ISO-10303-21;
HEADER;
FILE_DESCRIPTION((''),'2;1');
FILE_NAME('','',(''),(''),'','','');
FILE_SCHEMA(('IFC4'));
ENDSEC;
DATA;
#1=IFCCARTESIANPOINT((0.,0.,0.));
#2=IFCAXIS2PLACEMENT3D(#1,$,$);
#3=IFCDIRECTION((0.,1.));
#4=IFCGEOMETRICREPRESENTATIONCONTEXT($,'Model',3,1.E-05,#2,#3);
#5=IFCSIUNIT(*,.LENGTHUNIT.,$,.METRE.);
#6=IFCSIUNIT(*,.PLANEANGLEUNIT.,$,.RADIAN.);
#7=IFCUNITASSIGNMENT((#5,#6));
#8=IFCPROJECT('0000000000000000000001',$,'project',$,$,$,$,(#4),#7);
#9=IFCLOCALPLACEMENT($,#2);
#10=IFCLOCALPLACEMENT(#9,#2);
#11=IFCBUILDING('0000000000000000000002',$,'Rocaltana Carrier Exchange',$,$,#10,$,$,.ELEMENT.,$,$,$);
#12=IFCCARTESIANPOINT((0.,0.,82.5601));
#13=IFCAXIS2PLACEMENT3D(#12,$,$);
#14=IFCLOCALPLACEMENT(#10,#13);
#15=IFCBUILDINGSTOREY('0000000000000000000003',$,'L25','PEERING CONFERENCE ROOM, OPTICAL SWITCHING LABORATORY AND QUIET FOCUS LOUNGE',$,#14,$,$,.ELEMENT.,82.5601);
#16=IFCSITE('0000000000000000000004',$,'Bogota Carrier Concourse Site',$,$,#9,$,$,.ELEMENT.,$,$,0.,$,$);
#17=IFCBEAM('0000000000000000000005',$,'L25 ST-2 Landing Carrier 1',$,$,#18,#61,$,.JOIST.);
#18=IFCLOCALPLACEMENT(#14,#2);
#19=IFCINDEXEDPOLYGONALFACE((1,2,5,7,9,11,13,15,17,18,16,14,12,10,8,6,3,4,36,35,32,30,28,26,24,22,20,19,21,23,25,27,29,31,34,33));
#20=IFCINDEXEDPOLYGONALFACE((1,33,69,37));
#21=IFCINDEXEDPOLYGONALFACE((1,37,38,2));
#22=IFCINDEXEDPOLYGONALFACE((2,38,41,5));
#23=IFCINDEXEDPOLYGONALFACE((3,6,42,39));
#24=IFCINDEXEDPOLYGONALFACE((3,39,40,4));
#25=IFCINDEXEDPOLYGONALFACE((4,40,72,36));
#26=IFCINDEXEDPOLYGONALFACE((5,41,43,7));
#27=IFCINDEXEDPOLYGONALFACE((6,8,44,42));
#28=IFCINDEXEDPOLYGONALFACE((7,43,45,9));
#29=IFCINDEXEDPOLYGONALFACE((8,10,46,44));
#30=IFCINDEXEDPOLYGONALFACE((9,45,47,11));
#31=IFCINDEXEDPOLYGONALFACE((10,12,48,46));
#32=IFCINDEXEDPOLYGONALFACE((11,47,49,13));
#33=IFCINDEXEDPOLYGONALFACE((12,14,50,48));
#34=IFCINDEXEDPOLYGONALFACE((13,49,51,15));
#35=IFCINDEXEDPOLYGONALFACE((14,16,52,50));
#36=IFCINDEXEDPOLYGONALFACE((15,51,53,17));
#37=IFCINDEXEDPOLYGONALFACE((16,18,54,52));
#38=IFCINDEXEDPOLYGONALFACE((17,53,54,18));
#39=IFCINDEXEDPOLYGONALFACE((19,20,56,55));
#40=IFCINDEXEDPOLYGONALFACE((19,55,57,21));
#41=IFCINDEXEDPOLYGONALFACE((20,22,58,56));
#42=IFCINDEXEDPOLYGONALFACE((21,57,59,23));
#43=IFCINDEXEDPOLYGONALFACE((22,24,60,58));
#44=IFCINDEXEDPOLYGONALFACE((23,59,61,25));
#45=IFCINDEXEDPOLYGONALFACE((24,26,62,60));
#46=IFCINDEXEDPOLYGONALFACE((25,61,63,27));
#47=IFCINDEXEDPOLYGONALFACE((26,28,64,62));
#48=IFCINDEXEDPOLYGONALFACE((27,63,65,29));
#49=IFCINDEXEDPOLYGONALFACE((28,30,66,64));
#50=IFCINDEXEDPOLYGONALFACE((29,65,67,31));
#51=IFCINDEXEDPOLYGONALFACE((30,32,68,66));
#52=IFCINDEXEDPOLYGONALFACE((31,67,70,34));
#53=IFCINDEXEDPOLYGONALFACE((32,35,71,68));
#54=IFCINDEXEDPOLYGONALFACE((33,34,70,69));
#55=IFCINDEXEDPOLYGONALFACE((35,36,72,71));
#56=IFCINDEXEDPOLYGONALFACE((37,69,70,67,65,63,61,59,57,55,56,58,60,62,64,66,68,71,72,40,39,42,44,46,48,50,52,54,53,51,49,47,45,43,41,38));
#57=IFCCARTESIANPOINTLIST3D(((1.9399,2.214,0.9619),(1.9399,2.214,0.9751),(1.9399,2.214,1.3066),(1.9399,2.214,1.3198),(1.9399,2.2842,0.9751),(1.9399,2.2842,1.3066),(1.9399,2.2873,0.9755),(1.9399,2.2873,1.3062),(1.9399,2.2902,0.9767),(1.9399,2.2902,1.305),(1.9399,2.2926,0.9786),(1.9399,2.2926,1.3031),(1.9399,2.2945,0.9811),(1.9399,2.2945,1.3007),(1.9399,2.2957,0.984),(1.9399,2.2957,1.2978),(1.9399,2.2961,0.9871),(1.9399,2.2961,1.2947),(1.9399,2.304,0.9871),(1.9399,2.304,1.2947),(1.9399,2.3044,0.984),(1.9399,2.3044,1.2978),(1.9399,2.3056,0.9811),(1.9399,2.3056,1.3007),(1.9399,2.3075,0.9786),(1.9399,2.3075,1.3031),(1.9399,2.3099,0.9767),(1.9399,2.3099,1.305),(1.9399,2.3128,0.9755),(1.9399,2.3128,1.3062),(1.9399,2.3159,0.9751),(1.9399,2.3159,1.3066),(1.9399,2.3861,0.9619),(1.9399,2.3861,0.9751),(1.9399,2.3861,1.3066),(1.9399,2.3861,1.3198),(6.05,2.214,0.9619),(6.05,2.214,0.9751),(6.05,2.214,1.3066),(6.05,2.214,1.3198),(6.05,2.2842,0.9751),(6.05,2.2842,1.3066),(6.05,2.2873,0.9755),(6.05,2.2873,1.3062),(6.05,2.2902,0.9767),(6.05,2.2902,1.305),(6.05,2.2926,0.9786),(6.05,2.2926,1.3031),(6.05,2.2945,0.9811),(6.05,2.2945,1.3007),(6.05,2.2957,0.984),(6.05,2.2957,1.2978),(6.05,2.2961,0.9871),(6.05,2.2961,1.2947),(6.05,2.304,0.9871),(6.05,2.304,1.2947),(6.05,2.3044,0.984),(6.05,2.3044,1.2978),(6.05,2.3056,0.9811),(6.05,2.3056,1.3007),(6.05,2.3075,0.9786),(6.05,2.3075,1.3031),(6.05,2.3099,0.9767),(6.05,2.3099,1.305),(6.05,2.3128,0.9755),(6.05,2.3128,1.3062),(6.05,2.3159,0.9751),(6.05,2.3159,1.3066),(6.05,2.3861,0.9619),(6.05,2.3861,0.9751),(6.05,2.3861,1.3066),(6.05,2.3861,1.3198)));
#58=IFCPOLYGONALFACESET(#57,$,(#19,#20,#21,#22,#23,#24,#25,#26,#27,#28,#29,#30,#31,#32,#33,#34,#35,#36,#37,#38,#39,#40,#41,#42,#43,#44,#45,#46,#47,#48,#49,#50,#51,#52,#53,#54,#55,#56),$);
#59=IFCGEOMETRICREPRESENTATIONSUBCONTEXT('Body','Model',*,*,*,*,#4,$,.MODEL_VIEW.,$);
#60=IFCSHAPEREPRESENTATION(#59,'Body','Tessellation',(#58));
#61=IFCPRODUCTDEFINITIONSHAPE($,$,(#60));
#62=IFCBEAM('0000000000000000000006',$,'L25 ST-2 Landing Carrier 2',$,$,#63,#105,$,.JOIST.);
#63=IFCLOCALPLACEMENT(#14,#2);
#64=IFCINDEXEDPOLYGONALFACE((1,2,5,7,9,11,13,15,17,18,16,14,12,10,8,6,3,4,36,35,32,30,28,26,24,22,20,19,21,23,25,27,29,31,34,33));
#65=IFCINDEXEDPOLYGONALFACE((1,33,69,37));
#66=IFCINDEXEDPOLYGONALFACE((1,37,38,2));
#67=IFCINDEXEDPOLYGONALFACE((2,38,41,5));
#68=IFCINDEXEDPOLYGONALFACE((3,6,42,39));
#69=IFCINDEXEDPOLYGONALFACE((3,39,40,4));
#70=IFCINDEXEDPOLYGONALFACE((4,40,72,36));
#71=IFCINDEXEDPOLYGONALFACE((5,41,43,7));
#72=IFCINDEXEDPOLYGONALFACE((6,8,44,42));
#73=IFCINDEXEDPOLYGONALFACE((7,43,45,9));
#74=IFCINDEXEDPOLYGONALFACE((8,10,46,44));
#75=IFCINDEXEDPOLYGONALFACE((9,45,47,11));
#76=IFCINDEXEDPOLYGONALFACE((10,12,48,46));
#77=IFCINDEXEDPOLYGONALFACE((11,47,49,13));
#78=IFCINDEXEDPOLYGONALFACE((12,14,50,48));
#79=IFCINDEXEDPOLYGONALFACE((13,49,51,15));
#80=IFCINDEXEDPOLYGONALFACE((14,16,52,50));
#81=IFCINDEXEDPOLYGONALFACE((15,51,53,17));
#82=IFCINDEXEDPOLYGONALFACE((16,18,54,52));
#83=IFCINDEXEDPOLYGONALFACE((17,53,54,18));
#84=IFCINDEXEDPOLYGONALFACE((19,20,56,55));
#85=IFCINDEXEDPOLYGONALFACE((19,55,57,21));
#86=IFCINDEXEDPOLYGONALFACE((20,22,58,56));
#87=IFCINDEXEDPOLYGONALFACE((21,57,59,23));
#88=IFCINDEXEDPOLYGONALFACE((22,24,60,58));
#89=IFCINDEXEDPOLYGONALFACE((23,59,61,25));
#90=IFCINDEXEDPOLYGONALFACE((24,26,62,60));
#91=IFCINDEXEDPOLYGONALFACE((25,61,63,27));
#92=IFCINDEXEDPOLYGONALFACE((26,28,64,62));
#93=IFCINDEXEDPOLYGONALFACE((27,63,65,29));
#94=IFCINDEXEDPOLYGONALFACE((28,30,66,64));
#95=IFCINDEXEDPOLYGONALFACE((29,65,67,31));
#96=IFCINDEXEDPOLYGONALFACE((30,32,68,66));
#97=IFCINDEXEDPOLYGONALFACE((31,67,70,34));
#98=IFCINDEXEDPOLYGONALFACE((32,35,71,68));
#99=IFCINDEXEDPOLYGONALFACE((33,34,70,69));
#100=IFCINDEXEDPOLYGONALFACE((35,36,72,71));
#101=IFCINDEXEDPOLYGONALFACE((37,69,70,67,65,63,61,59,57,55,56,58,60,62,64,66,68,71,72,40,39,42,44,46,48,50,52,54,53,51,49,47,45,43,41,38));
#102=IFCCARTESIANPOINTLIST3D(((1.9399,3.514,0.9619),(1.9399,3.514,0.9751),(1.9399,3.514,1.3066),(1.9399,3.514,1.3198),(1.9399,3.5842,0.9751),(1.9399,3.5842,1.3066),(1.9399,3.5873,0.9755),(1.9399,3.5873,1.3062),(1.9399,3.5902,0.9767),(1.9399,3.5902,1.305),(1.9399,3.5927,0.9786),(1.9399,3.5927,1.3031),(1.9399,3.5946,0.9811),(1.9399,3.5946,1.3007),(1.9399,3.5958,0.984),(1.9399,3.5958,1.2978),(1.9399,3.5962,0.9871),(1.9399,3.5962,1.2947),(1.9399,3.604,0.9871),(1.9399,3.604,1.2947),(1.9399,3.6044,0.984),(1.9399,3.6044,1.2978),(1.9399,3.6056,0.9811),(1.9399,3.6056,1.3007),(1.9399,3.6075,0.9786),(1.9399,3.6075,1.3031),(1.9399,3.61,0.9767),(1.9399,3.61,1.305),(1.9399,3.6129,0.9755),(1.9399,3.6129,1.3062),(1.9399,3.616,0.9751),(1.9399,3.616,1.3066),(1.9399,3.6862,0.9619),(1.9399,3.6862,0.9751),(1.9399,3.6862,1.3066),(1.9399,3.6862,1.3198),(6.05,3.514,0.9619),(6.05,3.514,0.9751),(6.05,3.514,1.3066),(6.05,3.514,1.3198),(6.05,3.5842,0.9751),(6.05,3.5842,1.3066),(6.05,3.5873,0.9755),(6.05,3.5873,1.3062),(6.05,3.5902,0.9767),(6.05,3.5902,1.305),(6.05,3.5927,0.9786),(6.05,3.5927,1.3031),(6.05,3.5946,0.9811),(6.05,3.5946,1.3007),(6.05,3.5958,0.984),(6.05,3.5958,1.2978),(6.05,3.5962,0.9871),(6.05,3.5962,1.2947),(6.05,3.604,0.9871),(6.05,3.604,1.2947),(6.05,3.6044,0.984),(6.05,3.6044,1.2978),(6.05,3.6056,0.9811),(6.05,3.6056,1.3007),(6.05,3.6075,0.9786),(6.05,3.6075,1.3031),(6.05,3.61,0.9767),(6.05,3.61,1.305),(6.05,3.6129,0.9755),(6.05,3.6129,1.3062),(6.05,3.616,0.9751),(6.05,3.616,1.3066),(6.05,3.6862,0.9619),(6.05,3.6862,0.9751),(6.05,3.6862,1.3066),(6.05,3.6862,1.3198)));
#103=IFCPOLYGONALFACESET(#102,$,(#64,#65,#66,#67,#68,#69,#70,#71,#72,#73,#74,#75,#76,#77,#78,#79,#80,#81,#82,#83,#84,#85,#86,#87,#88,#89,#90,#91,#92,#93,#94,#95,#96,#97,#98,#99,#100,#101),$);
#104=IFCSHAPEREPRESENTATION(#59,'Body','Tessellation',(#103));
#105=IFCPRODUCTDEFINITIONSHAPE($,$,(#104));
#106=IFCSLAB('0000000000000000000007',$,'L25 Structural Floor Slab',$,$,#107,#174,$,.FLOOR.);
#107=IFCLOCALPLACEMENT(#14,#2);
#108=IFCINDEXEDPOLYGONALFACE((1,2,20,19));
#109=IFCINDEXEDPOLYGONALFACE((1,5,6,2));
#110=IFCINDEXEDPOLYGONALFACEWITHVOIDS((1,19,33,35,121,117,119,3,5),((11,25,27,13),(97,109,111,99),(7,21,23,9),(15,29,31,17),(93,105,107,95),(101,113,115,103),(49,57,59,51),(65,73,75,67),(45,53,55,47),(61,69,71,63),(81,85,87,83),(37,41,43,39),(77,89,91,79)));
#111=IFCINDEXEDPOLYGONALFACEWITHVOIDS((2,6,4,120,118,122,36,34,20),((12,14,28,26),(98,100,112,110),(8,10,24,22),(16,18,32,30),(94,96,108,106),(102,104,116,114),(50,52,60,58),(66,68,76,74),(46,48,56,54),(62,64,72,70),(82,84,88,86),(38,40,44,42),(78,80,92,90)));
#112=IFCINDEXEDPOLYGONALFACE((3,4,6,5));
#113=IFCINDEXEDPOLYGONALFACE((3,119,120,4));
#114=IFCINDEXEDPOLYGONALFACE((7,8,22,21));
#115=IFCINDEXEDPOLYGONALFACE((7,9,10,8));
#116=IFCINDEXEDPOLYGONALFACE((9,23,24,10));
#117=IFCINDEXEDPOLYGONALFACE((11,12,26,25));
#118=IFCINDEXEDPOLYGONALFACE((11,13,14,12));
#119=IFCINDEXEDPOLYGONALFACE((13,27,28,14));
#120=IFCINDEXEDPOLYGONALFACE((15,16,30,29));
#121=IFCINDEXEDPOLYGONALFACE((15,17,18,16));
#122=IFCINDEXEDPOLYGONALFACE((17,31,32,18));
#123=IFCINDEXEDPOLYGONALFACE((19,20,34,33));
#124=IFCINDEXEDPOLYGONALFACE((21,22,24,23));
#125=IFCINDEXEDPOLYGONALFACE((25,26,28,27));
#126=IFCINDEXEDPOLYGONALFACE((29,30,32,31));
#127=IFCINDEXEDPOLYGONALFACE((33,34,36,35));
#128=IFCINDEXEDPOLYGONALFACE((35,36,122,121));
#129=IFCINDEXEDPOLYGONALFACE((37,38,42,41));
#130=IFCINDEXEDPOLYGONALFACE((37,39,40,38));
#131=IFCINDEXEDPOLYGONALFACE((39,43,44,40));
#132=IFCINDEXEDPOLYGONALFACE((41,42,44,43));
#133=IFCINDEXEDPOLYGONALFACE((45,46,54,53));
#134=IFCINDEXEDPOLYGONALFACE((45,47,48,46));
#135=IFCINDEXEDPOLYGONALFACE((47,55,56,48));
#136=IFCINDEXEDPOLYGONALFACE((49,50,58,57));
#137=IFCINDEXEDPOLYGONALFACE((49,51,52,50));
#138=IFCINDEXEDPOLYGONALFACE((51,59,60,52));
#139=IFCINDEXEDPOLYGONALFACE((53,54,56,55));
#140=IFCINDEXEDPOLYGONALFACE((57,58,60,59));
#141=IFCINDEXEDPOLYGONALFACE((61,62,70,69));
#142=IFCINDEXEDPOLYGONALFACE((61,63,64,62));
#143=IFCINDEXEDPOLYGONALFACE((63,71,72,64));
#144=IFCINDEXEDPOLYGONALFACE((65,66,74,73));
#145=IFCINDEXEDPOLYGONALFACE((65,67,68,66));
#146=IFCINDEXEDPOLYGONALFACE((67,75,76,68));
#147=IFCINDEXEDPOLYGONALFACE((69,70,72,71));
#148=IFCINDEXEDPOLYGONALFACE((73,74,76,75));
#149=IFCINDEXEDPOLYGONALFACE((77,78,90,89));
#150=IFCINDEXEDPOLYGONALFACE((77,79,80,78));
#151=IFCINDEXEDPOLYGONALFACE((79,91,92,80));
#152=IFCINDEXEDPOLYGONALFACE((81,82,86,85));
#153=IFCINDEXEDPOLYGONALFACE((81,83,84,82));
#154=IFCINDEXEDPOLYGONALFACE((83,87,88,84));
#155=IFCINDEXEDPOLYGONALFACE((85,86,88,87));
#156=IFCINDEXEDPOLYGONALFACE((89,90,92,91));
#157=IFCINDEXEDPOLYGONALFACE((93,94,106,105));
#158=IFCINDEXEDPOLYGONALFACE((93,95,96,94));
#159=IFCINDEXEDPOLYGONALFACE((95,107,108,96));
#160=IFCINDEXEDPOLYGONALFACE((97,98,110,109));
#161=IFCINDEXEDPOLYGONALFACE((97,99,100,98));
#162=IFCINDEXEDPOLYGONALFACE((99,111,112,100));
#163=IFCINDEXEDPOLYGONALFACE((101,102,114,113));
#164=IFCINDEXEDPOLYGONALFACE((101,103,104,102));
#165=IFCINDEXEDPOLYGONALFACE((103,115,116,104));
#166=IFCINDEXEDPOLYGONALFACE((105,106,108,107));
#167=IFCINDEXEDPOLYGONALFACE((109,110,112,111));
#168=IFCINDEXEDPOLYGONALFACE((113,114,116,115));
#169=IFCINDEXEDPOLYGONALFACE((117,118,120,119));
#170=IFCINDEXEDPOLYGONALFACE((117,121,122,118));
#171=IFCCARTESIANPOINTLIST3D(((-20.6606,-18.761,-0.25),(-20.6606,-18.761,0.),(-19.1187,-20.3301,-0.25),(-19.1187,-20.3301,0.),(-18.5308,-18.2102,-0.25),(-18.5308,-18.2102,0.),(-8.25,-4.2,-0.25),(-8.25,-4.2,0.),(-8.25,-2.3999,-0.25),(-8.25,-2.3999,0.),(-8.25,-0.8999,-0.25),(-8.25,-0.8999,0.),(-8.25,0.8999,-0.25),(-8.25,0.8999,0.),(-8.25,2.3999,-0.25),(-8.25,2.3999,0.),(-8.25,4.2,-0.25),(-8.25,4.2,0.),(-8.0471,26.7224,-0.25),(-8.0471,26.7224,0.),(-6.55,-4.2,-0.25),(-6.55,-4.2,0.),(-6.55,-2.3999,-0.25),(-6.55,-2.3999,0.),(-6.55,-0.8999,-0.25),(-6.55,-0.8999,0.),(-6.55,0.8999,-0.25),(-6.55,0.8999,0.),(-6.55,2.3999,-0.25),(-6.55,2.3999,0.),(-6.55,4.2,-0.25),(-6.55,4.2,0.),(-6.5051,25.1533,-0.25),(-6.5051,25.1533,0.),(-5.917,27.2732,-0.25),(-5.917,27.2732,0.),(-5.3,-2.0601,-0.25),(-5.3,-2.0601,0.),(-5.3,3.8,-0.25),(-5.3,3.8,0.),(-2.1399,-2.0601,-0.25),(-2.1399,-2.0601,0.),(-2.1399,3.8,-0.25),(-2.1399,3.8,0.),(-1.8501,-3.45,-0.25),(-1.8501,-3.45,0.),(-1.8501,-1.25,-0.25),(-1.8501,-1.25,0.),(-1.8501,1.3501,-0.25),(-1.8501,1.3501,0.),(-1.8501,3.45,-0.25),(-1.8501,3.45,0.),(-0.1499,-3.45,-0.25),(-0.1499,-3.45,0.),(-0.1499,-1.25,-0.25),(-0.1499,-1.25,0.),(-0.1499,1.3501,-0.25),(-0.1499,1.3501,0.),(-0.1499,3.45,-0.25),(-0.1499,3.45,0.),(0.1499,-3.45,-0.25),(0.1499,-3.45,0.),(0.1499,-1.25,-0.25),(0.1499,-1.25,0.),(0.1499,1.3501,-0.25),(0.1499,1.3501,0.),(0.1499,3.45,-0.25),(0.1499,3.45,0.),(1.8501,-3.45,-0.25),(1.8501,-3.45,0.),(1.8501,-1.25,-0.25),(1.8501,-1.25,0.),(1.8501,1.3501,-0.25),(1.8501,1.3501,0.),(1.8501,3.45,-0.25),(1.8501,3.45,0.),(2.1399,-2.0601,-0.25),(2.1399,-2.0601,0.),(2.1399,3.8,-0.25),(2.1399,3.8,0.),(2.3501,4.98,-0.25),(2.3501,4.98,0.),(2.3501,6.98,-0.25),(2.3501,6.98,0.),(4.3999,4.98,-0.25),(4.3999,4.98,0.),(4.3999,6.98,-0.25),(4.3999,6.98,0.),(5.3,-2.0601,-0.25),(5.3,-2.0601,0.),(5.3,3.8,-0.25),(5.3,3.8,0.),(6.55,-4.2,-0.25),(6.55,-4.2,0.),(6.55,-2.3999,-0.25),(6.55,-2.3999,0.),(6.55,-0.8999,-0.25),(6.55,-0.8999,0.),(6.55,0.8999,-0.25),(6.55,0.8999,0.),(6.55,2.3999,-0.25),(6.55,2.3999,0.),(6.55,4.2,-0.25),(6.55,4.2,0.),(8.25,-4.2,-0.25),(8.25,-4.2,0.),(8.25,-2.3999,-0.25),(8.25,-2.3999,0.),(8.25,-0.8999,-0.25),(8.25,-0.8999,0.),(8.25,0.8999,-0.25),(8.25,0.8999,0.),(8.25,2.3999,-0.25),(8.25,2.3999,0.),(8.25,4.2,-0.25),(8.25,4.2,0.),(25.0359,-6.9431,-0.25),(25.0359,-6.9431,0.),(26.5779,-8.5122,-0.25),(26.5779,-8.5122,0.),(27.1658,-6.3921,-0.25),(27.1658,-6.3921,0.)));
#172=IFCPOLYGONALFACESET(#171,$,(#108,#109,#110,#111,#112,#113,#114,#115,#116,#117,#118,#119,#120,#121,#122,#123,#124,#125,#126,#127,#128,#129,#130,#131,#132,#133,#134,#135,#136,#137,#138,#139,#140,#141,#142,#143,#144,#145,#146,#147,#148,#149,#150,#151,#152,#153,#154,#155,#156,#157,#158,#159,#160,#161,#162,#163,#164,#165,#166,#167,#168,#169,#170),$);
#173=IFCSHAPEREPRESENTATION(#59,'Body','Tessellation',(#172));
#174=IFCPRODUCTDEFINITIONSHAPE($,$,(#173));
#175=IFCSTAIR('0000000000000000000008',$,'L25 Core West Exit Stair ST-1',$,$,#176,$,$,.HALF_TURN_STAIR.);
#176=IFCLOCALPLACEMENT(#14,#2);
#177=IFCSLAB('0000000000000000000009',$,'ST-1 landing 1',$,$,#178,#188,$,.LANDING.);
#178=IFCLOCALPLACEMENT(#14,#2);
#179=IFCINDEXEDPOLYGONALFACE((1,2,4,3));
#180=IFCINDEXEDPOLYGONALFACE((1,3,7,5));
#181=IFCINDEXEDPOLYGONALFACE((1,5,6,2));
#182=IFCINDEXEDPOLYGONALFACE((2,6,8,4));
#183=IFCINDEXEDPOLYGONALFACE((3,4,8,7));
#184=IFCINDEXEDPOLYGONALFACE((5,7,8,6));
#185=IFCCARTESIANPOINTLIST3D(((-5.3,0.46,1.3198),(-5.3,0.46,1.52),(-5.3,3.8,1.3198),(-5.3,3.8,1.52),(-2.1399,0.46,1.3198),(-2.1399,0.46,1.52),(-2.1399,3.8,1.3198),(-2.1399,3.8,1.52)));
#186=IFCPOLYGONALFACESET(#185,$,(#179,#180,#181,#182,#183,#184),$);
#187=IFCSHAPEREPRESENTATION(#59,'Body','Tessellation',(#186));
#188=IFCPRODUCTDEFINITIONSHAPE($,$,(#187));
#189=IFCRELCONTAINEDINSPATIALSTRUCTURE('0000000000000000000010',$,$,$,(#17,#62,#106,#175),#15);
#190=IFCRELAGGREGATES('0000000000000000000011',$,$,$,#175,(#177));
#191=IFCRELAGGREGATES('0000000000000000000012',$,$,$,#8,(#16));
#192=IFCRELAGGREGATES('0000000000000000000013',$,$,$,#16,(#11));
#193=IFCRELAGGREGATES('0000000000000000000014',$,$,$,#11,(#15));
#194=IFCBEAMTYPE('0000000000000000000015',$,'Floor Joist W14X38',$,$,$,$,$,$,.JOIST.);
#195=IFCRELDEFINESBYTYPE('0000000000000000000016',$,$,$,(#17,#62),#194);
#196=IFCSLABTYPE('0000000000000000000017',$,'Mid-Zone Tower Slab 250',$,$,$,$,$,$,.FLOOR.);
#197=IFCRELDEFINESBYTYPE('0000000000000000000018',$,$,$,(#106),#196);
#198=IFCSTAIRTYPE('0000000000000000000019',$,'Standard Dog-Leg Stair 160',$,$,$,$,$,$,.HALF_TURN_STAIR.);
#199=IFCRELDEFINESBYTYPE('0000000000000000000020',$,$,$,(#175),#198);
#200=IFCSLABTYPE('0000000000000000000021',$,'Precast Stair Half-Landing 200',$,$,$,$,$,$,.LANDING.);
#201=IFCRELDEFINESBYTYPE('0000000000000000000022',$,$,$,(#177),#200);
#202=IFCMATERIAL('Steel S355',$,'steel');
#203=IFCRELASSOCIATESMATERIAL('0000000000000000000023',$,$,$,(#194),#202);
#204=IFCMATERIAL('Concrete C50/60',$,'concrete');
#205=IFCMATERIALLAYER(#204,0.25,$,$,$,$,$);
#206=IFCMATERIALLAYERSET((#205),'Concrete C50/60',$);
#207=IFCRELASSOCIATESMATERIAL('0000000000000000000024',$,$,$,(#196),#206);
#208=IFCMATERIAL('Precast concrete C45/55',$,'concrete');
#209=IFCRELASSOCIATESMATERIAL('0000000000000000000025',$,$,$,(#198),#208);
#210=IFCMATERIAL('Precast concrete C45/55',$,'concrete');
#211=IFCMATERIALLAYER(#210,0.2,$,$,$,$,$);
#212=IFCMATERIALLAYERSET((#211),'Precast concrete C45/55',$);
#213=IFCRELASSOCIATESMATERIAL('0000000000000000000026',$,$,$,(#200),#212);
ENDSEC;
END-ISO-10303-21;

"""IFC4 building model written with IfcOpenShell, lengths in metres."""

from ifc_helpers import new_model, si_unit, direction, frame, origin, origin_2d, place, context, subcontext, project, spatial, polyline, i_section, outline, extrude, material, layer, layer_set, material_profile, profile_set, type_object, element, aggregate, save


model = new_model("IFC4")

# Units and contexts
model_context = context("Model", 3, precision=1e-05, world=origin(), true_north=direction((0.0, 1.0)))
body_context = subcontext(model_context, "Body", "Model", "MODEL_VIEW")
ifc_project = project(units=[si_unit("LENGTHUNIT", "METRE"), si_unit("PLANEANGLEUNIT", "RADIAN")], contexts=[model_context])

# Site, building, storey
site_placement = place(None, origin())
site = spatial("IfcSite", under=ifc_project, at=site_placement, Name="Bogota Carrier Concourse Site", CompositionType="ELEMENT", RefElevation=0.0)
building_placement = place(site_placement, origin())
building = spatial("IfcBuilding", under=site, at=building_placement, Name="Rocaltana Carrier Exchange", CompositionType="ELEMENT")
storey_placement = place(building_placement, frame((0.0, 0.0, 82.5601)))
storey = spatial("IfcBuildingStorey", under=building, at=storey_placement, Name="L25", Description="PEERING CONFERENCE ROOM, OPTICAL SWITCHING LABORATORY AND QUIET FOCUS LOUNGE", CompositionType="ELEMENT", Elevation=82.5601)

# Beams
ifc_material_1 = material(Name="Steel S355", Category="steel")
ifc_material_profile = material_profile(ifc_material_1, i_section(OverallWidth=0.1721, OverallDepth=0.3579, WebThickness=0.0078, FlangeThickness=0.0132, FilletRadius=0.012, at=origin_2d()), Name="W14X38")
ifc_profile_set = profile_set([ifc_material_profile], Name="Steel S355")
beam_type = type_object("IfcBeamType", Name="Floor Joist W14X38", PredefinedType="JOIST", material=ifc_profile_set)
for number, where, z_axis, x_axis, name in (
    (1, (1.9399, 2.3, 1.1409), (1.0, 0.0, 0.0), (0.0, 1.0, 0.0), "L25 ST-2 Landing Carrier 1"),
    (2, (1.9399, 3.6001, 1.1409), (1.0, 0.0, 0.0), (0.0, 1.0, 0.0), "L25 ST-2 Landing Carrier 2"),
):
    element("IfcBeam", number, at=place(storey_placement, frame(where, z_axis=z_axis, x_axis=x_axis)), inside=storey, type_object=beam_type, Name=name, PredefinedType="JOIST", context=body_context, shape_type="SweptSolid", body=[
        extrude(i_section(OverallWidth=0.1721, OverallDepth=0.3579, WebThickness=0.0078, FlangeThickness=0.0132, FilletRadius=0.012, at=origin_2d()), origin(), (0.0, 0.0, 1.0), 4.1101),
    ])

# Slab
ifc_material_2 = material(Name="Concrete C50/60", Category="concrete")
ifc_layer_1 = layer(ifc_material_2, 0.25)
ifc_layer_set_1 = layer_set([ifc_layer_1], Name="Concrete C50/60")
slab_type_1 = type_object("IfcSlabType", Name="Mid-Zone Tower Slab 250", PredefinedType="FLOOR", material=ifc_layer_set_1)
slab_1_placement = place(storey_placement, frame((0.0, 0.0, -0.25)))
element("IfcSlab", 3, at=slab_1_placement, inside=storey, type_object=slab_type_1, Name="L25 Structural Floor Slab", PredefinedType="FLOOR", context=body_context, shape_type="SweptSolid", body=[
    extrude(outline(polyline([(26.5779, -8.5122), (25.0359, -6.9431), (27.1658, -6.3921), (-5.917, 27.2732), (-6.5051, 25.1533), (-8.0471, 26.7224), (-20.6606, -18.761), (-18.5308, -18.2102), (-19.1187, -20.3301), (26.5779, -8.5122)]), holes=[polyline([(-5.3, -2.0601), (-2.1399, -2.0601), (-2.1399, 3.8), (-5.3, 3.8), (-5.3, -2.0601)]), polyline([(2.1399, -2.0601), (5.3, -2.0601), (5.3, 3.8), (2.1399, 3.8), (2.1399, -2.0601)]), polyline([(-1.8501, -3.45), (-0.1499, -3.45), (-0.1499, -1.25), (-1.8501, -1.25), (-1.8501, -3.45)]), polyline([(0.1499, -3.45), (1.8501, -3.45), (1.8501, -1.25), (0.1499, -1.25), (0.1499, -3.45)]), polyline([(2.3501, 4.98), (4.3999, 4.98), (4.3999, 6.98), (2.3501, 6.98), (2.3501, 4.98)]), polyline([(-1.8501, 1.3501), (-0.1499, 1.3501), (-0.1499, 3.45), (-1.8501, 3.45), (-1.8501, 1.3501)]), polyline([(0.1499, 1.3501), (1.8501, 1.3501), (1.8501, 3.45), (0.1499, 3.45), (0.1499, 1.3501)]), polyline([(-8.25, -4.2), (-6.55, -4.2), (-6.55, -2.3999), (-8.25, -2.3999), (-8.25, -4.2)]), polyline([(-8.25, -0.8999), (-6.55, -0.8999), (-6.55, 0.8999), (-8.25, 0.8999), (-8.25, -0.8999)]), polyline([(-8.25, 2.3999), (-6.55, 2.3999), (-6.55, 4.2), (-8.25, 4.2), (-8.25, 2.3999)]), polyline([(6.55, -4.2), (8.25, -4.2), (8.25, -2.3999), (6.55, -2.3999), (6.55, -4.2)]), polyline([(6.55, -0.8999), (8.25, -0.8999), (8.25, 0.8999), (6.55, 0.8999), (6.55, -0.8999)]), polyline([(6.55, 2.3999), (8.25, 2.3999), (8.25, 4.2), (6.55, 4.2), (6.55, 2.3999)])]), origin(), (0.0, 0.0, 1.0), 0.25),
])

# Stair, slab
ifc_material_3 = material(Name="Precast concrete C45/55", Category="concrete")
stair_type = type_object("IfcStairType", Name="Standard Dog-Leg Stair 160", PredefinedType="HALF_TURN_STAIR", material=ifc_material_3)
stair_1_placement = place(storey_placement, origin())
stair_1 = element("IfcStair", 4, at=stair_1_placement, inside=storey, type_object=stair_type, Name="L25 Core West Exit Stair ST-1", PredefinedType="HALF_TURN_STAIR")
ifc_material_4 = material(Name="Precast concrete C45/55", Category="concrete")
ifc_layer_2 = layer(ifc_material_4, 0.2)
ifc_layer_set_2 = layer_set([ifc_layer_2], Name="Precast concrete C45/55")
slab_type_2 = type_object("IfcSlabType", Name="Precast Stair Half-Landing 200", PredefinedType="LANDING", material=ifc_layer_set_2)
slab_2_placement = place(storey_placement, frame((0.0, 0.0, 1.3198)))
slab_2 = element("IfcSlab", 5, at=slab_2_placement, type_object=slab_type_2, Name="ST-1 landing 1", PredefinedType="LANDING", context=body_context, shape_type="SweptSolid", body=[
    extrude(outline(polyline([(-2.1399, 0.46), (-2.1399, 3.8), (-5.3, 3.8), (-5.3, 0.46), (-2.1399, 0.46)])), origin(), (0.0, 0.0, 1.0), 0.2002),
])
aggregate(stair_1, [slab_2])

save(model, "model.ifc")
